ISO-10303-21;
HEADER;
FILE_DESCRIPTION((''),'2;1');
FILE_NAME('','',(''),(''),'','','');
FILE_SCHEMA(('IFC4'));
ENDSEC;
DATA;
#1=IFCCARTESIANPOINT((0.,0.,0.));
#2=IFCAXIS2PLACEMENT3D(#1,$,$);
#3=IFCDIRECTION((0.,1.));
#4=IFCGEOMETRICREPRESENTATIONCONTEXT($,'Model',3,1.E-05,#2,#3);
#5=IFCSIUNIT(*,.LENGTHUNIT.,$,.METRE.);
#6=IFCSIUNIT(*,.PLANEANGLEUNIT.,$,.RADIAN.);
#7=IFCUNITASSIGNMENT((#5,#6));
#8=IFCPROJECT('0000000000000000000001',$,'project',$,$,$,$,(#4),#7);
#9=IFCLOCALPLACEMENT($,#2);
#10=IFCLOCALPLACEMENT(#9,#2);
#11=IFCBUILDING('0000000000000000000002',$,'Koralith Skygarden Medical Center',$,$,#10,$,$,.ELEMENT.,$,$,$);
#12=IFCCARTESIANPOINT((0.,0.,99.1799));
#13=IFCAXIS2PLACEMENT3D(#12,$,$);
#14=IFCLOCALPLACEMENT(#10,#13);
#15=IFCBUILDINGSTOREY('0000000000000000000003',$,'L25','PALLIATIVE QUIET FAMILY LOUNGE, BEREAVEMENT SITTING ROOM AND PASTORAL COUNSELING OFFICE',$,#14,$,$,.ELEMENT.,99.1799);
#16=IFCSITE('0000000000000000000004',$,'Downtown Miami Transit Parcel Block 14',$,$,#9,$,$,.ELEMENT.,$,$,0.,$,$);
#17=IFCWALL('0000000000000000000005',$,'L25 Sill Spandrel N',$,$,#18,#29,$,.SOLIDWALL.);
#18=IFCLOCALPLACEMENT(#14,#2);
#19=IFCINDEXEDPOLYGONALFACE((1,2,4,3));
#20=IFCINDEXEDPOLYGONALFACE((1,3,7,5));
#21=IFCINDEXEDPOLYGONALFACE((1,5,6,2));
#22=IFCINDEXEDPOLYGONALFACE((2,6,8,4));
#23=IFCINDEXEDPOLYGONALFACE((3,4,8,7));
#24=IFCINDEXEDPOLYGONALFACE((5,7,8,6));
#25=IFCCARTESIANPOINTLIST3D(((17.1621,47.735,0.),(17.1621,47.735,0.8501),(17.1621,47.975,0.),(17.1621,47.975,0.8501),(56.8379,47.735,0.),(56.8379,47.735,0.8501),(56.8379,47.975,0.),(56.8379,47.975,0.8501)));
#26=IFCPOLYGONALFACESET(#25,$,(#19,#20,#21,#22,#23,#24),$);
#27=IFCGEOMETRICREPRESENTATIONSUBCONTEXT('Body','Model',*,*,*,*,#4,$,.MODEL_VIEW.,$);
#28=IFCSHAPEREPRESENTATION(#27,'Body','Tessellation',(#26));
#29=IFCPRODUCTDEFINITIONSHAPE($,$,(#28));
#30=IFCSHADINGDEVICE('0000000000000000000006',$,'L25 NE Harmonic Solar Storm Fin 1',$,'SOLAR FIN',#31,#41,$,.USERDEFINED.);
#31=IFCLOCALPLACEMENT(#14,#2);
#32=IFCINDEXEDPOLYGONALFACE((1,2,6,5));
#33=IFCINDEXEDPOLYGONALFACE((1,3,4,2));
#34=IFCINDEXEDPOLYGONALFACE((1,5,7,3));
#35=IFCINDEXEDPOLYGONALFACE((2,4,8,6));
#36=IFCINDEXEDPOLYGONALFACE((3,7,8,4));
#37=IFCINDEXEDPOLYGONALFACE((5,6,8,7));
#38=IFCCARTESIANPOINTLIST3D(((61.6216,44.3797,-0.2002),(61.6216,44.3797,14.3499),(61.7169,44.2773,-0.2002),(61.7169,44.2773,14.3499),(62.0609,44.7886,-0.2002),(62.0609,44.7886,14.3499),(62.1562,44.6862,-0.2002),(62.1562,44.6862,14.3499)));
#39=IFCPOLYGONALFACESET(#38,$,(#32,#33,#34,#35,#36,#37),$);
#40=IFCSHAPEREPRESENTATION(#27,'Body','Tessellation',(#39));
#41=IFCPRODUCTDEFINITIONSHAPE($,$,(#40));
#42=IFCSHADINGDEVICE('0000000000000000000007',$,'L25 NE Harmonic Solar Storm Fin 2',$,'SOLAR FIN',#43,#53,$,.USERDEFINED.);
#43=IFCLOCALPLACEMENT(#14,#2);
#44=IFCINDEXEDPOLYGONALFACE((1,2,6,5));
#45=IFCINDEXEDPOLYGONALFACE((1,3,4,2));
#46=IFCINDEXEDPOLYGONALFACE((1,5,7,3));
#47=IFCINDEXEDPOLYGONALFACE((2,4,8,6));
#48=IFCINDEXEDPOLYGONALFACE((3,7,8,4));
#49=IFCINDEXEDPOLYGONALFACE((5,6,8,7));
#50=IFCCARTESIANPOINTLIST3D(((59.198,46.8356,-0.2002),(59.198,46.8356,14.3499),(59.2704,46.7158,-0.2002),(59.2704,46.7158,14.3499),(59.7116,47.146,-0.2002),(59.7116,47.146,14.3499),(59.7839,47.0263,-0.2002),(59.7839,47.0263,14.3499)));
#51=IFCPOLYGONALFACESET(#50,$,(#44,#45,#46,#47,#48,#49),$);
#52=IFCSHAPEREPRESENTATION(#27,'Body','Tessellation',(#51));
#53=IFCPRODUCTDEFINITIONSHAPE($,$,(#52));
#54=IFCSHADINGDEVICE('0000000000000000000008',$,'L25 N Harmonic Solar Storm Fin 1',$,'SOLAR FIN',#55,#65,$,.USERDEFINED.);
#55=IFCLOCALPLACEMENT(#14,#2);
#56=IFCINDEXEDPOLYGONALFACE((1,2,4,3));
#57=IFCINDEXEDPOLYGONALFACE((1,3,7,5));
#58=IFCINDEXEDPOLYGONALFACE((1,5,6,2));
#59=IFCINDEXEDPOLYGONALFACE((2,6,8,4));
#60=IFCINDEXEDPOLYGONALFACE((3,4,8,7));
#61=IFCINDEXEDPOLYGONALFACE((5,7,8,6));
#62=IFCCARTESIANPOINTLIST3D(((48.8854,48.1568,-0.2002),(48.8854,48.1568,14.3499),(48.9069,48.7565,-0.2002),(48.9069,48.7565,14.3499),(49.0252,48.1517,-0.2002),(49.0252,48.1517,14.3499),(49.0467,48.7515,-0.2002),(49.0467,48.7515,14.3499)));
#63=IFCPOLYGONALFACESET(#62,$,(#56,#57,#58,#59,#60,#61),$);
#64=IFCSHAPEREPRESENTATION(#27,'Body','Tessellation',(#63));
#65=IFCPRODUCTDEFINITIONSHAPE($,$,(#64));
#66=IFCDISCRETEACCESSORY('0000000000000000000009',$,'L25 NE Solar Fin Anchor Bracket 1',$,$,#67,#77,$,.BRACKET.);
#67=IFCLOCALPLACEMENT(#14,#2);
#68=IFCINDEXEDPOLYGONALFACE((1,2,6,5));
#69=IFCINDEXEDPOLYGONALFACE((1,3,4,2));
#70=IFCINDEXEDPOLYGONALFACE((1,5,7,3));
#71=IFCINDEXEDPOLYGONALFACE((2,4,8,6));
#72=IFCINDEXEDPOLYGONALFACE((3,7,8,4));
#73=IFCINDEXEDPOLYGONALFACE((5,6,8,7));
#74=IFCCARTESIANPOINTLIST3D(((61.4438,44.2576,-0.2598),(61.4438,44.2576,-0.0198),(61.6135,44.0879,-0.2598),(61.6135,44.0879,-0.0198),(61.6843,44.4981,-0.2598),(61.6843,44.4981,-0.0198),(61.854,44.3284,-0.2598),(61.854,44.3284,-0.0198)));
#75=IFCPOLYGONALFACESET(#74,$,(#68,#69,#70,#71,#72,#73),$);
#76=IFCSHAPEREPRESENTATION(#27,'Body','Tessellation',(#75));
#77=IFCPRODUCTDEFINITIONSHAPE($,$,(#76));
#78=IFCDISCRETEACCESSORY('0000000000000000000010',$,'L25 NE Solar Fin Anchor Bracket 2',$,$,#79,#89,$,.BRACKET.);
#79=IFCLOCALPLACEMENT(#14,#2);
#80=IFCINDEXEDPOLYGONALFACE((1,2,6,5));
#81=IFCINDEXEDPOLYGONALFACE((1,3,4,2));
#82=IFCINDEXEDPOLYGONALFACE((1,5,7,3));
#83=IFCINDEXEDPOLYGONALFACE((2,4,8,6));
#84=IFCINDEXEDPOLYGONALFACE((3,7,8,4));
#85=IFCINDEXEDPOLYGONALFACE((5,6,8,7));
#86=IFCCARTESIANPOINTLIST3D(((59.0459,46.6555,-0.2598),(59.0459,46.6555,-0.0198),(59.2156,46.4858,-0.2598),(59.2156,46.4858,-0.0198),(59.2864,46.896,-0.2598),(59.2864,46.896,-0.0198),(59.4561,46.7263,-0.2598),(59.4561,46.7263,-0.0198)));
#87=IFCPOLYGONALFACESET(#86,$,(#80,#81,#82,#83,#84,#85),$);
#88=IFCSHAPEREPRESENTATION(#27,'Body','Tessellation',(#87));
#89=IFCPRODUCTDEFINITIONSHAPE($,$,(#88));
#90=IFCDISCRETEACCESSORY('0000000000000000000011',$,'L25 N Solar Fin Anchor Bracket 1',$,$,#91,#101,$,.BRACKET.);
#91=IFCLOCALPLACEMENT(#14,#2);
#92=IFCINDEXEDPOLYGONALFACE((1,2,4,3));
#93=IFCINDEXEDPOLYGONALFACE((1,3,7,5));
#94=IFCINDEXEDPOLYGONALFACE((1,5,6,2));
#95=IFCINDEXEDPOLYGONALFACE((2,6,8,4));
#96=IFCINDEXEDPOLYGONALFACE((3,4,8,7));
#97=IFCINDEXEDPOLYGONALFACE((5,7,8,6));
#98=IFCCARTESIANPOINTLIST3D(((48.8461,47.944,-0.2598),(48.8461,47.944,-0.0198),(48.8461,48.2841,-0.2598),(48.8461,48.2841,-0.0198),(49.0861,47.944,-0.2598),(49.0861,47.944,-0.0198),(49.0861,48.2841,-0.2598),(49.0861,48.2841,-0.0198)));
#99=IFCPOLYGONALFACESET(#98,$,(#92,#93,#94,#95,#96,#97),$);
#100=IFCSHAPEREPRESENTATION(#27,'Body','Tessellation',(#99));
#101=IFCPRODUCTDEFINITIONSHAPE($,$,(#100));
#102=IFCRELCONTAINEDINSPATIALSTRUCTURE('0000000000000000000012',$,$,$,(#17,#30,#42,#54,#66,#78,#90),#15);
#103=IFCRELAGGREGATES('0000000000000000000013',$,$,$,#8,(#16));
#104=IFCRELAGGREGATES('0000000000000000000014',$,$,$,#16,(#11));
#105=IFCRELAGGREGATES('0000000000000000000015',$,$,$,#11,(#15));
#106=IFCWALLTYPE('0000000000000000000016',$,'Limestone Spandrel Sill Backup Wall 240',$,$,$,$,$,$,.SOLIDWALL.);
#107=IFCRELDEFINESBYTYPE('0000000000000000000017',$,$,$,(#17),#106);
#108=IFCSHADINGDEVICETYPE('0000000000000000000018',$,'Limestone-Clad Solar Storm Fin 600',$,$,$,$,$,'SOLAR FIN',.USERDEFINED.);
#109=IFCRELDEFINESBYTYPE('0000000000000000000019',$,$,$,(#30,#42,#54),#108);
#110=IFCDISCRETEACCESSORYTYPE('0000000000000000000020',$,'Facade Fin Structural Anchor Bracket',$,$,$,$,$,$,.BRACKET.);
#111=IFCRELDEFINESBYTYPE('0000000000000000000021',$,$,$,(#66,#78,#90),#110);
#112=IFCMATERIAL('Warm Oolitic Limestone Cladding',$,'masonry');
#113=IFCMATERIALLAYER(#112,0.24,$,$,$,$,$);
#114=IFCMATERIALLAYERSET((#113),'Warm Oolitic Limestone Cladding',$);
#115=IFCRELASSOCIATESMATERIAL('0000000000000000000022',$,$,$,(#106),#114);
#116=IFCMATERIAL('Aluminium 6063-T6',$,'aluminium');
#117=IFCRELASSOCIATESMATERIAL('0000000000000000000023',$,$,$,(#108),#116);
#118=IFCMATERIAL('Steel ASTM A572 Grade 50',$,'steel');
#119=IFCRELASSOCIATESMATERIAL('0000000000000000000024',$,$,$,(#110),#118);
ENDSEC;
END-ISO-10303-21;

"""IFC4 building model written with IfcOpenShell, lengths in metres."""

from ifc_helpers import new_model, si_unit, direction, frame, frame_2d, origin, origin_2d, place, context, subcontext, project, spatial, rectangle, extrude, material, layer, layer_set, type_object, element, save


model = new_model("IFC4")

# Units and contexts
model_context = context("Model", 3, precision=1e-05, world=origin(), true_north=direction((0.0, 1.0)))
body_context = subcontext(model_context, "Body", "Model", "MODEL_VIEW")
ifc_project = project(units=[si_unit("LENGTHUNIT", "METRE"), si_unit("PLANEANGLEUNIT", "RADIAN")], contexts=[model_context])

# Site, building, storey
site_placement = place(None, origin())
site = spatial("IfcSite", under=ifc_project, at=site_placement, Name="Downtown Miami Transit Parcel Block 14", CompositionType="ELEMENT", RefElevation=0.0)
building_placement = place(site_placement, origin())
building = spatial("IfcBuilding", under=site, at=building_placement, Name="Koralith Skygarden Medical Center", CompositionType="ELEMENT")
storey_placement = place(building_placement, frame((0.0, 0.0, 99.1799)))
storey = spatial("IfcBuildingStorey", under=building, at=storey_placement, Name="L25", Description="PALLIATIVE QUIET FAMILY LOUNGE, BEREAVEMENT SITTING ROOM AND PASTORAL COUNSELING OFFICE", CompositionType="ELEMENT", Elevation=99.1799)

# Shared definitions
ifc_material_1 = material(Name="Aluminium 6063-T6", Category="aluminium")

# Shared definitions
ifc_material_2 = material(Name="Warm Oolitic Limestone Cladding", Category="masonry")

# Wall
ifc_layer_1 = layer(ifc_material_2, 0.24)
ifc_layer_set_1 = layer_set([ifc_layer_1], Name="Warm Oolitic Limestone Cladding")
wall_type = type_object("IfcWallType", Name="Limestone Spandrel Sill Backup Wall 240", PredefinedType="SOLIDWALL", material=ifc_layer_set_1)
wall_placement = place(storey_placement, frame((56.8379, 47.855, 0.0), z_axis=(0.0, 0.0, 1.0), x_axis=(-1.0, 0.0, 0.0)))
element("IfcWall", 1, at=wall_placement, inside=storey, type_object=wall_type, Name="L25 Sill Spandrel N", PredefinedType="SOLIDWALL", context=body_context, shape_type="SweptSolid", body=[
    extrude(rectangle(XDim=39.6758, YDim=0.24, at=frame_2d((19.8379, 0.0))), origin(), (0.0, 0.0, 1.0), 0.8501),
])

# Shading devices
shading_device_type = type_object("IfcShadingDeviceType", Name="Limestone-Clad Solar Storm Fin 600", ElementType="SOLAR FIN", PredefinedType="USERDEFINED", material=ifc_material_1)
for number, where, z_axis, x_axis, name in (
    (2, (61.8889, 44.533, -0.2002), (0.0, 0.0, 1.0), (0.731996, 0.681309, 0.0), "L25 NE Harmonic Solar Storm Fin 1"),
    (3, (59.491, 46.9309, -0.2002), (0.0, 0.0, 1.0), (0.855816, 0.51728, 0.0), "L25 NE Harmonic Solar Storm Fin 2"),
    (4, (48.9661, 48.4541, -0.2002), (0.0, 0.0, 1.0), (0.035841, 0.999357, 0.0), "L25 N Harmonic Solar Storm Fin 1"),
):
    element("IfcShadingDevice", number, at=place(storey_placement, frame(where, z_axis=z_axis, x_axis=x_axis)), inside=storey, type_object=shading_device_type, Name=name, ObjectType="SOLAR FIN", PredefinedType="USERDEFINED", context=body_context, shape_type="SweptSolid", body=[
        extrude(rectangle(XDim=0.6001, YDim=0.1399, at=origin_2d()), origin(), (0.0, 0.0, 1.0), 14.55),
    ])

# Discrete accessories
ifc_material_3 = material(Name="Steel ASTM A572 Grade 50", Category="steel")
discrete_accessory_type = type_object("IfcDiscreteAccessoryType", Name="Facade Fin Structural Anchor Bracket", PredefinedType="BRACKET", material=ifc_material_3)
for number, where, z_axis, x_axis, name in (
    (5, (61.6489, 44.293, -0.2598), (0.0, 0.0, 1.0), (0.707107, 0.707107, 0.0), "L25 NE Solar Fin Anchor Bracket 1"),
    (6, (59.251, 46.6909, -0.2598), (0.0, 0.0, 1.0), (0.707107, 0.707107, 0.0), "L25 NE Solar Fin Anchor Bracket 2"),
    (7, (48.9661, 48.114, -0.2598), (0.0, 0.0, 1.0), (0.0, 1.0, 0.0), "L25 N Solar Fin Anchor Bracket 1"),
):
    element("IfcDiscreteAccessory", number, at=place(storey_placement, frame(where, z_axis=z_axis, x_axis=x_axis)), inside=storey, type_object=discrete_accessory_type, Name=name, PredefinedType="BRACKET", context=body_context, shape_type="SweptSolid", body=[
        extrude(rectangle(XDim=0.3401, YDim=0.24, at=origin_2d()), origin(), (0.0, 0.0, 1.0), 0.24),
    ])

save(model, "model.ifc")
